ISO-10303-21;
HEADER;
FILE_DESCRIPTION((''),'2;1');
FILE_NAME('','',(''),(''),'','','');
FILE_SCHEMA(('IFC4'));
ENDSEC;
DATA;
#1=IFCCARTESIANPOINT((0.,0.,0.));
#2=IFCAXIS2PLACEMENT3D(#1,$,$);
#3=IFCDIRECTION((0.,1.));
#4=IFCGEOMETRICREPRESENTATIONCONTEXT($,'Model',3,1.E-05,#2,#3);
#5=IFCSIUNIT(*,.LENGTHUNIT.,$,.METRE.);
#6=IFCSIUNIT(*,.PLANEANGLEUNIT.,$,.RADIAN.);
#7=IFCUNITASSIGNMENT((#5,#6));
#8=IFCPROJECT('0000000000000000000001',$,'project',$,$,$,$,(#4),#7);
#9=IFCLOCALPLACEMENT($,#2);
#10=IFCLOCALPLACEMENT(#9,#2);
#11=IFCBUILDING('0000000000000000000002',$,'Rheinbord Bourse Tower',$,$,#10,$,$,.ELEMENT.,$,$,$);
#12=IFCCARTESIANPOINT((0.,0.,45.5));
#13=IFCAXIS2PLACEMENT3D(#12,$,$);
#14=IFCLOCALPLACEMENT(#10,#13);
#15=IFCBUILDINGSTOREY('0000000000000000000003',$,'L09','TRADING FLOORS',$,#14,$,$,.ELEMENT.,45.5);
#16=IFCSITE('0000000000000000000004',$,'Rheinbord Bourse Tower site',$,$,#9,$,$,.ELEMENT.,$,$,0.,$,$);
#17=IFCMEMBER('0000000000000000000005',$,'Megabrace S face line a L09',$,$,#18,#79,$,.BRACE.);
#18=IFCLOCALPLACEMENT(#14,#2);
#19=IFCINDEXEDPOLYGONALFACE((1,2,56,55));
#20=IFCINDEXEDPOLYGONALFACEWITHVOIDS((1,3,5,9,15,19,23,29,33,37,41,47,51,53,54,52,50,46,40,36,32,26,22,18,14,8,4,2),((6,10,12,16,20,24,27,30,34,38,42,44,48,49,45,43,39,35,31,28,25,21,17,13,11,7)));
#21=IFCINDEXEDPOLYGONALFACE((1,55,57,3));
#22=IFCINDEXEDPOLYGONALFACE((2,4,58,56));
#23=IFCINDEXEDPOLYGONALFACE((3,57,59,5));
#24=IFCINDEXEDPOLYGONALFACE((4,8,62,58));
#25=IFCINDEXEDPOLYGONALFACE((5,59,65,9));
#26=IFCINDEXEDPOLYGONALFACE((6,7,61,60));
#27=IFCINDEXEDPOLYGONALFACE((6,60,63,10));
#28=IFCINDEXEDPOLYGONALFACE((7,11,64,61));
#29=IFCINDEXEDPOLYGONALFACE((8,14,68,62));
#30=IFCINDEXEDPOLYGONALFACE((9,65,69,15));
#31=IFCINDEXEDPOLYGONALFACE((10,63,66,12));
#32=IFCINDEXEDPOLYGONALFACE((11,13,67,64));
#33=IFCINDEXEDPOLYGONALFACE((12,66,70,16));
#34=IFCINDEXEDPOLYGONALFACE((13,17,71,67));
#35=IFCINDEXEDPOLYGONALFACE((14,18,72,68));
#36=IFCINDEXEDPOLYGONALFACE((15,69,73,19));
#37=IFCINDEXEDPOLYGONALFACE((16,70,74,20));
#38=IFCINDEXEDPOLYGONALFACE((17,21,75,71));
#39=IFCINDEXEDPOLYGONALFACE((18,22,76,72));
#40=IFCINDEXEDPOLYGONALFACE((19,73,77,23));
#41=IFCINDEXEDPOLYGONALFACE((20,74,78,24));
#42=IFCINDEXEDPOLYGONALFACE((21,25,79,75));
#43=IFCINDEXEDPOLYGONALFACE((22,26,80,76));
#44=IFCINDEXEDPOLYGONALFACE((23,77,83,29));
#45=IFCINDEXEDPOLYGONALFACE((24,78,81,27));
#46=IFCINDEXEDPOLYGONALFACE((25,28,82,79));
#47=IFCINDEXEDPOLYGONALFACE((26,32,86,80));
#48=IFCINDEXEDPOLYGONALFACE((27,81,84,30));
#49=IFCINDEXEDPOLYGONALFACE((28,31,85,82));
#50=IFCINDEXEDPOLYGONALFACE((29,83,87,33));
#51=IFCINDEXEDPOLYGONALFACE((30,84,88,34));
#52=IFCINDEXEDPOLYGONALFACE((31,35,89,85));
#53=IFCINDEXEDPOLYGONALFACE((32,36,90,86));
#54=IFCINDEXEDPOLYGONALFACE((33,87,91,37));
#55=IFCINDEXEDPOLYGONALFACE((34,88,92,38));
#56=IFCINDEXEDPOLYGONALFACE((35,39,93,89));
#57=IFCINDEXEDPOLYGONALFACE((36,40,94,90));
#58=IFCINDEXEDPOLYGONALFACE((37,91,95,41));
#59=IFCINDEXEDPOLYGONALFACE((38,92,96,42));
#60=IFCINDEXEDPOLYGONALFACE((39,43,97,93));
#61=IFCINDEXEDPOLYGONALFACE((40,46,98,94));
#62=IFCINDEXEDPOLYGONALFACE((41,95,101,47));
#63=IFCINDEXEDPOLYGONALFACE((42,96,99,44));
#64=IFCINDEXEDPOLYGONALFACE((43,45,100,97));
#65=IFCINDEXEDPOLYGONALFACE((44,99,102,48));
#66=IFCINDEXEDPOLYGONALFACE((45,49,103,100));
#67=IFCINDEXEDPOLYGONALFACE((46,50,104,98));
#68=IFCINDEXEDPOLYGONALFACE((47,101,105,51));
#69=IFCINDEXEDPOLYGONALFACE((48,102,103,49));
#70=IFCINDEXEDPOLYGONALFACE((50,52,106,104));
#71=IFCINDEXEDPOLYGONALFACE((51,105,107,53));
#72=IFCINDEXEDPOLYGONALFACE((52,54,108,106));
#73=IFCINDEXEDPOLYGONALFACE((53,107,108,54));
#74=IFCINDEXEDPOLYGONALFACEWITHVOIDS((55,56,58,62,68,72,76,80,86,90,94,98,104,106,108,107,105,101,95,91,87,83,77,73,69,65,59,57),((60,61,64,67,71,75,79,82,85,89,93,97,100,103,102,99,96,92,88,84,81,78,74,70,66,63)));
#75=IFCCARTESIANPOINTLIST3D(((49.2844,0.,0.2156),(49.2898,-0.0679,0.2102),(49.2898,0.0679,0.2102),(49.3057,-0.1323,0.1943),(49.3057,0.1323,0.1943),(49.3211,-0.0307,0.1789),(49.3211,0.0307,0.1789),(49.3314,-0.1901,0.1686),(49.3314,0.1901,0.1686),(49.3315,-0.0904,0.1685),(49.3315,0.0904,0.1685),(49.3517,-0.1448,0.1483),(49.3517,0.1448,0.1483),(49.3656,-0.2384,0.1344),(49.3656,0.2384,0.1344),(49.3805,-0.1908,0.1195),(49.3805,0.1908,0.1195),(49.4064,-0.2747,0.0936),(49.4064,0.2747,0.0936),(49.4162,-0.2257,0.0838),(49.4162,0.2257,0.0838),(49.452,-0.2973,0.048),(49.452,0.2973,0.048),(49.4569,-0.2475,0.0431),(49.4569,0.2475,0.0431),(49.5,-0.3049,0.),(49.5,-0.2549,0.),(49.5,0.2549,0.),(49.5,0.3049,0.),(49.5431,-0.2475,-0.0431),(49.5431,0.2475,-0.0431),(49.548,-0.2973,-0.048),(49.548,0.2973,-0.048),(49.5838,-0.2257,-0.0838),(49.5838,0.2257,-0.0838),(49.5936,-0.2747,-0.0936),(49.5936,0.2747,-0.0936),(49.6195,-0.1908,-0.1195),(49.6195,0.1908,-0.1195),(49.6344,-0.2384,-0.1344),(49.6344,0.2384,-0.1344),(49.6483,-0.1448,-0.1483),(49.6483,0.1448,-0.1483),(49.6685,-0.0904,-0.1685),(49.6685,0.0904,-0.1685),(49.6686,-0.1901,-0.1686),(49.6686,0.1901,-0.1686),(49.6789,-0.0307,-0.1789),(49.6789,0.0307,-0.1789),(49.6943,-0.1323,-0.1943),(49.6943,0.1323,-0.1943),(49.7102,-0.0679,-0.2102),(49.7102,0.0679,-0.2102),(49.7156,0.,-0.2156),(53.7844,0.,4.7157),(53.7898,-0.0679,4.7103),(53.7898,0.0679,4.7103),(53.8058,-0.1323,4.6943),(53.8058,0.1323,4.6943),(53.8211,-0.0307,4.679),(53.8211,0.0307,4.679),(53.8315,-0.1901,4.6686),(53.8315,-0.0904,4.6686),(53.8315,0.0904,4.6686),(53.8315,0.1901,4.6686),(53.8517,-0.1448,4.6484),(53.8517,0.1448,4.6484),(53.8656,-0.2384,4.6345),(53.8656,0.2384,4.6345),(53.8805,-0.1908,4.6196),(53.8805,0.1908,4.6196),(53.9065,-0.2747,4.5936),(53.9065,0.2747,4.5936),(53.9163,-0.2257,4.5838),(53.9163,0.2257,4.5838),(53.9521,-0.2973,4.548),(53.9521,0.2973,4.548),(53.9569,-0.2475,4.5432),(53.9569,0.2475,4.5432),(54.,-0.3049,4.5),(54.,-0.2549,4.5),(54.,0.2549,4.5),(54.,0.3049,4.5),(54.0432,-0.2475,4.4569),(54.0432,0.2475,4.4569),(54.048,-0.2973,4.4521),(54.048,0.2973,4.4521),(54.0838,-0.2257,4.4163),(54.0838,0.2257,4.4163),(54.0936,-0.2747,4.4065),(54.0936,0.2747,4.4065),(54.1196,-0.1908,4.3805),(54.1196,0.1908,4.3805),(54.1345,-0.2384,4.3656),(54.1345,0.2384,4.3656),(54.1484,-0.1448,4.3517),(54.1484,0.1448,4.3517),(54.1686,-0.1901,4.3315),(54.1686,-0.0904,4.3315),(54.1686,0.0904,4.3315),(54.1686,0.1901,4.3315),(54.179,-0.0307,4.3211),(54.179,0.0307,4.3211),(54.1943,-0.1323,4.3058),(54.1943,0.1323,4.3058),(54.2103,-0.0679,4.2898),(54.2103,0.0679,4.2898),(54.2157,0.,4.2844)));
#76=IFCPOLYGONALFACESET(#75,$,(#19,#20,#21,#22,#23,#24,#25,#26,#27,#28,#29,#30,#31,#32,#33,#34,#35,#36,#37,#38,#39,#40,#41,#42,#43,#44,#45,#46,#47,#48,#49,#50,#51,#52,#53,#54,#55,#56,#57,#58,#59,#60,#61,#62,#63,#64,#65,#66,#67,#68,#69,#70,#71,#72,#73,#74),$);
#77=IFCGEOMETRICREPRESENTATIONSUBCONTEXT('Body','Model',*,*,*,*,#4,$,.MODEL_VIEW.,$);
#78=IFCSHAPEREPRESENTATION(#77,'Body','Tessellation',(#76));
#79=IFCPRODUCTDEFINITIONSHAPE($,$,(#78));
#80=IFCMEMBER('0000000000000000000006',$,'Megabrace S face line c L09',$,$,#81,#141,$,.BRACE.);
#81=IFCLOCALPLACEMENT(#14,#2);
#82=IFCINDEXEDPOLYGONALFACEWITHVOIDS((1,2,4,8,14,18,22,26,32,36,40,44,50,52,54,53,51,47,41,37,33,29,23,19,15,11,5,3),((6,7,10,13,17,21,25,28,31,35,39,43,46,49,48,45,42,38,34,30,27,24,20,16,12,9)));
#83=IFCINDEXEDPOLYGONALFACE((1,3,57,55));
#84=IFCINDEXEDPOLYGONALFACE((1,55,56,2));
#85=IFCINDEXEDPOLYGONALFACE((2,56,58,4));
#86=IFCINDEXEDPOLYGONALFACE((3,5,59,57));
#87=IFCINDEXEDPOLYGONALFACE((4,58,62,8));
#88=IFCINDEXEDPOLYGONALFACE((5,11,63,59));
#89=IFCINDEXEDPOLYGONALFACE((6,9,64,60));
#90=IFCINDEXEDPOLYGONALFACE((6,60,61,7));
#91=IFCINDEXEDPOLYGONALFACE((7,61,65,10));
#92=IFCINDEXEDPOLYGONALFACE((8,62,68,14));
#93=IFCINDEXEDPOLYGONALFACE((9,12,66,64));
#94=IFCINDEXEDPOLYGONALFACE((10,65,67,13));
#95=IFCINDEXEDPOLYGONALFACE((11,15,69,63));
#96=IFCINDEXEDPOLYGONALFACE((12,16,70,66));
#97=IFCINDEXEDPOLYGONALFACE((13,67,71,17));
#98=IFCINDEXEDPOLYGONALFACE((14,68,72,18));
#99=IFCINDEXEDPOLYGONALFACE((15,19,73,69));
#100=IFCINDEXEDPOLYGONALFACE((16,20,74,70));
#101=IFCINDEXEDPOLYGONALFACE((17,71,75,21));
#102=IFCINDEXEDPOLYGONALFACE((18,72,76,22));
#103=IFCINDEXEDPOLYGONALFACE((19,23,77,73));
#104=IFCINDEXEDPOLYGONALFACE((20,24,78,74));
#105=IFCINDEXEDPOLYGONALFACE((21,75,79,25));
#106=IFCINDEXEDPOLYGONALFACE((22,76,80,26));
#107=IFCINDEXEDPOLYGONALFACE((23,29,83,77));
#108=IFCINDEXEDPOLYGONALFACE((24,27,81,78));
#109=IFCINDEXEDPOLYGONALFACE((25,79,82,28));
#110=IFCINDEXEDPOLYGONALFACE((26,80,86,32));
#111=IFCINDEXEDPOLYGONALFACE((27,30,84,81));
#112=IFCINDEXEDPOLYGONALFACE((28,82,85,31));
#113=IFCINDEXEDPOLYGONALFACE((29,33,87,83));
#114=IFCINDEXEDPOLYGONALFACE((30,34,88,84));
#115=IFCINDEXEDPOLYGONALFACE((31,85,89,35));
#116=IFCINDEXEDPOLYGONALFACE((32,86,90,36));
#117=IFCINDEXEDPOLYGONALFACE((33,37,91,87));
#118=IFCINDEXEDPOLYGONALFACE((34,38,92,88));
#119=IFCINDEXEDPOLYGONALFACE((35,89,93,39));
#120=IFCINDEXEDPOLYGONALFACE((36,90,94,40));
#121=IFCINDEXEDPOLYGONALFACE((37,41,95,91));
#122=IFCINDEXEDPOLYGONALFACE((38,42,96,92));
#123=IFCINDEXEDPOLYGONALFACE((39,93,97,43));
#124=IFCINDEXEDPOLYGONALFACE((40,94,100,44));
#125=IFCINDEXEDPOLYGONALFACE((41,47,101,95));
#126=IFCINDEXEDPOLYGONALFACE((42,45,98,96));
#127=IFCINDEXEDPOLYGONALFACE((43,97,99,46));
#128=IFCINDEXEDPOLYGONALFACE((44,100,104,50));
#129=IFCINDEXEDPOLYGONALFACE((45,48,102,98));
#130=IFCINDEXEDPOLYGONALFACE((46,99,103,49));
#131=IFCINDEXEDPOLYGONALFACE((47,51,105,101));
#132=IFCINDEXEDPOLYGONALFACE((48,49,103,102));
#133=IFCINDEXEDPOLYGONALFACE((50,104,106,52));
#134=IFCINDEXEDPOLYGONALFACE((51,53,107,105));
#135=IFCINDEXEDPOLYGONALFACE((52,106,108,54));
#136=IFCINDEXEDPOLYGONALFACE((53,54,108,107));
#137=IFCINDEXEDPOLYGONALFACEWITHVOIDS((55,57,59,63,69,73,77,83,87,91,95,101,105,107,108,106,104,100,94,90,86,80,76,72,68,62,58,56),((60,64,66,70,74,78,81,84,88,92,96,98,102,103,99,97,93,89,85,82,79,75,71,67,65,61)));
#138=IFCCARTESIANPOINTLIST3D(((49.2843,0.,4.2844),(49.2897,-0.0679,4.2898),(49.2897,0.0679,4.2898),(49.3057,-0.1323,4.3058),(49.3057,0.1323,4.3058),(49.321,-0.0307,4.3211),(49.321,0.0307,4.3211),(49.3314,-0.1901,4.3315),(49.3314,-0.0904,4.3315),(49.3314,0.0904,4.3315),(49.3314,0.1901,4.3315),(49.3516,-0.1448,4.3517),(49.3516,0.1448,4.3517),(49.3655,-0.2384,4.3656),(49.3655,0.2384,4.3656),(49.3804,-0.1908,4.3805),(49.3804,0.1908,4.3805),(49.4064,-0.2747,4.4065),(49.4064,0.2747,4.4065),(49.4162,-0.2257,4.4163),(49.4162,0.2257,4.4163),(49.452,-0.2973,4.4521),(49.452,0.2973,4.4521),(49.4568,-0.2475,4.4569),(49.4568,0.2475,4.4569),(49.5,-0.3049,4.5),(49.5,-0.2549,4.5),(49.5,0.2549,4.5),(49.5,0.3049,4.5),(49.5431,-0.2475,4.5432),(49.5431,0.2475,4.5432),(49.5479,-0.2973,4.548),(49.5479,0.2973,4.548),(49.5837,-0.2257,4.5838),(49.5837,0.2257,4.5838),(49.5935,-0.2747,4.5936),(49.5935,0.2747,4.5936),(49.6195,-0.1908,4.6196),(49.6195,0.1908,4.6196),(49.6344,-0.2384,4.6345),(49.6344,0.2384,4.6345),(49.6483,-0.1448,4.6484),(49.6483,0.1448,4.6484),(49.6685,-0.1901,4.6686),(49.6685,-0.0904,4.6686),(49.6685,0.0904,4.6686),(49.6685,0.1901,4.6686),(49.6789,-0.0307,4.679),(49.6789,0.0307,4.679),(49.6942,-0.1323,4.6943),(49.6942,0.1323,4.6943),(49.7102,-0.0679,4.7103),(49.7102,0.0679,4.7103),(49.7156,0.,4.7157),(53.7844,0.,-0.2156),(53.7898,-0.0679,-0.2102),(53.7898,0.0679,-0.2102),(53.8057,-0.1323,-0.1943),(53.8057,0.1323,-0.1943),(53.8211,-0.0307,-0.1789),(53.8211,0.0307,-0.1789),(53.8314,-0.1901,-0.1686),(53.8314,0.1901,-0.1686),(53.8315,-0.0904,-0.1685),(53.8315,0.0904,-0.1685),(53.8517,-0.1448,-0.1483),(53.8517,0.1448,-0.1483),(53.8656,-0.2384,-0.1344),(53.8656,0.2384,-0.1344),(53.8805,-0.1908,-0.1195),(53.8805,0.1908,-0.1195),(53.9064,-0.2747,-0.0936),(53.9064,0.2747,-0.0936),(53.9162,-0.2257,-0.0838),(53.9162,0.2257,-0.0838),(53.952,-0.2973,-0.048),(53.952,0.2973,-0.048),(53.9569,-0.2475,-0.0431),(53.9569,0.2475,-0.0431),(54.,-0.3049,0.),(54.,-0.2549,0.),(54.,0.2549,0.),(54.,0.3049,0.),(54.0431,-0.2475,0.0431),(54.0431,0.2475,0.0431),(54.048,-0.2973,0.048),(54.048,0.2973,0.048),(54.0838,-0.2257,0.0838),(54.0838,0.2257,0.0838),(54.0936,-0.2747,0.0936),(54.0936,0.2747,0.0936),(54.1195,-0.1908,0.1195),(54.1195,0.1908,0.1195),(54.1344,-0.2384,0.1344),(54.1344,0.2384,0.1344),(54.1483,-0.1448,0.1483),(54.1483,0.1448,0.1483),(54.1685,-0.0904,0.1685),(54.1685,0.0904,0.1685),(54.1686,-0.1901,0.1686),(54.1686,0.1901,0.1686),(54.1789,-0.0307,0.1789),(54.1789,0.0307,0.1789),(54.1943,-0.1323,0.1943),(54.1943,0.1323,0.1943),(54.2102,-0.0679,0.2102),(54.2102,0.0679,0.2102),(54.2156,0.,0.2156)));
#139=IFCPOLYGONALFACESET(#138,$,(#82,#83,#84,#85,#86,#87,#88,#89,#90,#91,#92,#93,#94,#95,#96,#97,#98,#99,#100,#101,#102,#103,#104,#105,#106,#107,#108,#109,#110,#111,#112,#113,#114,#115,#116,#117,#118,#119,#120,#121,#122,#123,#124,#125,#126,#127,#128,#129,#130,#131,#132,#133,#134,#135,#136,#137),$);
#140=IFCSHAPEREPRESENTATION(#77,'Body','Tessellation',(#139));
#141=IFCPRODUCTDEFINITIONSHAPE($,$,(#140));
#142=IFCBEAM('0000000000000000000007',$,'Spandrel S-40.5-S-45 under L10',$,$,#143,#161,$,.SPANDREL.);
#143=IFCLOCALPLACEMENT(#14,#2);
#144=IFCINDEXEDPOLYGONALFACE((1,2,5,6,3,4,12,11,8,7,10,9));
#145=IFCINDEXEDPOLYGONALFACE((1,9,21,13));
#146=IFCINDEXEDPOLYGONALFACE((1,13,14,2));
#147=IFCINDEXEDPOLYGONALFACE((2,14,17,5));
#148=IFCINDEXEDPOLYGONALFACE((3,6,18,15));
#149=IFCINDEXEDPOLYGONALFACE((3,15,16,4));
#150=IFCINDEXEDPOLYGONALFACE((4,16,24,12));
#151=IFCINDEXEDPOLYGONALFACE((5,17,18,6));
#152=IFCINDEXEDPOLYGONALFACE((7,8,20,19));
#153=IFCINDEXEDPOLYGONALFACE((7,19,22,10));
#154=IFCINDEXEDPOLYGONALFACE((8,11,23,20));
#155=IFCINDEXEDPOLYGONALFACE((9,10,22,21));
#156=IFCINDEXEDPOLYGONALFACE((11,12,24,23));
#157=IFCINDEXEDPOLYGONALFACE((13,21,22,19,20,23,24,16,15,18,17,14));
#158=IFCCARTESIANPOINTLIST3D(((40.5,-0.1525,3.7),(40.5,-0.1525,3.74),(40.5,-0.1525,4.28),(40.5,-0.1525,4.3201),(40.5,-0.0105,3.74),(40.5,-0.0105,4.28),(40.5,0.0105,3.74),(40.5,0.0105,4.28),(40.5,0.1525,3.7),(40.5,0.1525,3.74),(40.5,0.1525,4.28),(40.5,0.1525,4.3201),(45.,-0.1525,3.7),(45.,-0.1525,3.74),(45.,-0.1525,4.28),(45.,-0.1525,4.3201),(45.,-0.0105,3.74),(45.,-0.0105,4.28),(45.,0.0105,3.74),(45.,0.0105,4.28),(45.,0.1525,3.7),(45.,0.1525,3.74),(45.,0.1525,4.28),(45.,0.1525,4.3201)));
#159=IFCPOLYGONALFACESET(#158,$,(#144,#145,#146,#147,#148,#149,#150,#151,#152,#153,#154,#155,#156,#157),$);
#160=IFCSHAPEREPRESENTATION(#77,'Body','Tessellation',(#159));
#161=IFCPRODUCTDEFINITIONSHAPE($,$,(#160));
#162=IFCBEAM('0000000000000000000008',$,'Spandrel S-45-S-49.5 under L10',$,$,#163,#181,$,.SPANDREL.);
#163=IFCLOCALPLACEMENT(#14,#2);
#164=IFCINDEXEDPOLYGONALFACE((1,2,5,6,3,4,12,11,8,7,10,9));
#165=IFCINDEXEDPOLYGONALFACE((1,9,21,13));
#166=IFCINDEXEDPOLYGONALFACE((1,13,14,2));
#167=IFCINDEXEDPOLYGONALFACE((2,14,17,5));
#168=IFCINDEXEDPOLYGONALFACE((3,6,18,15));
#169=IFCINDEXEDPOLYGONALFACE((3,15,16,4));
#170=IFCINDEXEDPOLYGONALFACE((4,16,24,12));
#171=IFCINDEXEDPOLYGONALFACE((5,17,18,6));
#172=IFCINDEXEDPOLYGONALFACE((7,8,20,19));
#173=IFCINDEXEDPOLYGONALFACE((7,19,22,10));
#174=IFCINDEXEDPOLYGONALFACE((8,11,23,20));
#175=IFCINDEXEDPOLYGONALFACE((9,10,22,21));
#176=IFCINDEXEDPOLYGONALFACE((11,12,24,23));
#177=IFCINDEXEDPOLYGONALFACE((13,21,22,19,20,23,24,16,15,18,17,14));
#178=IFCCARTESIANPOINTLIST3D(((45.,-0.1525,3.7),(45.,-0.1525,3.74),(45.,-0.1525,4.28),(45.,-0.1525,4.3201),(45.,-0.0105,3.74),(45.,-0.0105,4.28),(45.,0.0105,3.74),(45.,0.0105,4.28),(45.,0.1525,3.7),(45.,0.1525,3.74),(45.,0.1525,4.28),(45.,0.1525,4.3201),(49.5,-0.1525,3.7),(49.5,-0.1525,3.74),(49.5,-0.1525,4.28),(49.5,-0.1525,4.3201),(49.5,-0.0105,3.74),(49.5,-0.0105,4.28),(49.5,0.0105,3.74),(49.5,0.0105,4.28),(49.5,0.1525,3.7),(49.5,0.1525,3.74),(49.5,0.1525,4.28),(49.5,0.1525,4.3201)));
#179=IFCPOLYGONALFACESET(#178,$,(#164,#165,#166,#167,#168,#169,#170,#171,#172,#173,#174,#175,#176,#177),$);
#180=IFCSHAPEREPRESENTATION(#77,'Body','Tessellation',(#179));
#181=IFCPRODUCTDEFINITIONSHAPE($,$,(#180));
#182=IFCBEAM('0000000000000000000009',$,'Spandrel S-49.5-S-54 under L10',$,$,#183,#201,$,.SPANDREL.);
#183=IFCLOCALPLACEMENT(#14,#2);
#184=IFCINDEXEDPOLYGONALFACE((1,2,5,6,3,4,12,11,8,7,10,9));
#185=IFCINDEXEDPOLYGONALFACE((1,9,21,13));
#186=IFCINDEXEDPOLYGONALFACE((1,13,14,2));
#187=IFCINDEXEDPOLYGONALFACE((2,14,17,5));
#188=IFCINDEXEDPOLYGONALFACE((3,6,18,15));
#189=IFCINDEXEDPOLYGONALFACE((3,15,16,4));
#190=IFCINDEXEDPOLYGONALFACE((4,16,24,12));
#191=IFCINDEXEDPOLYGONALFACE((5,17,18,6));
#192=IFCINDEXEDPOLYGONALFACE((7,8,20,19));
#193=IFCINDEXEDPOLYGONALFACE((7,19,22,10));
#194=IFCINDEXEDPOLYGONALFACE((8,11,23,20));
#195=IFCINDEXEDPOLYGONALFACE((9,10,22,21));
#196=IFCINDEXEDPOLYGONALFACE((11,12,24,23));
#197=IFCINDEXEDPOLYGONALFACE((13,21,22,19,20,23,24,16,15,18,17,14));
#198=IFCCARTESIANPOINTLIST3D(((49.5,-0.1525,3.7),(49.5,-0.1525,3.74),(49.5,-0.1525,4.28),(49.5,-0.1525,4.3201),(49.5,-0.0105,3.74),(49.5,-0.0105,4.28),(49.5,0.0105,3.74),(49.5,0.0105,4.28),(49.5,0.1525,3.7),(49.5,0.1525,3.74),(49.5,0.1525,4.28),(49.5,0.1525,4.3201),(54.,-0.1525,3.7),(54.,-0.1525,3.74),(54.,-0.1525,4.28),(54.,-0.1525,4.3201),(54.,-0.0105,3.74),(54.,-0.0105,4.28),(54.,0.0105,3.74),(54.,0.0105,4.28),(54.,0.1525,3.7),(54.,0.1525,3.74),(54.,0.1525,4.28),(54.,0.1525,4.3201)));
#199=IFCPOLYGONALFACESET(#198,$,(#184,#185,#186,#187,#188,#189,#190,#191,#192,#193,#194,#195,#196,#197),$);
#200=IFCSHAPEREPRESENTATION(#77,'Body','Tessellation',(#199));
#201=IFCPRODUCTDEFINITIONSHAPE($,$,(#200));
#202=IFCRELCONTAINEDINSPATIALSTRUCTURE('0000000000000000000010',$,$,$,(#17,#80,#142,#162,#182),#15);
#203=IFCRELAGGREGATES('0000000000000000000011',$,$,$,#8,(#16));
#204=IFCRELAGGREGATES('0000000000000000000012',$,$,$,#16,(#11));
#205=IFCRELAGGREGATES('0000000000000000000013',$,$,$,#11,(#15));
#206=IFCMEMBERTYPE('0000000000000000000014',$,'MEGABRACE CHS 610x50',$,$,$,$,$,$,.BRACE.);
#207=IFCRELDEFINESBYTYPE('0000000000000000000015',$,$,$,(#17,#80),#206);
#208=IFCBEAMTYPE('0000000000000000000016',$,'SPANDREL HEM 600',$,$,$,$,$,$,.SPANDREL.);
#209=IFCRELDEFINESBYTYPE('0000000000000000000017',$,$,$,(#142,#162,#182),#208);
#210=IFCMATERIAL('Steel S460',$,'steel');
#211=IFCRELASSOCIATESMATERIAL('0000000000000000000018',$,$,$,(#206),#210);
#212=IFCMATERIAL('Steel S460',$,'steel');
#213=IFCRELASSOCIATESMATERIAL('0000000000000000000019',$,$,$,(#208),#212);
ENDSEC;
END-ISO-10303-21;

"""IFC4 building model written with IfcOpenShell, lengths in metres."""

from ifc_helpers import new_model, si_unit, direction, frame, origin, origin_2d, place, context, subcontext, project, spatial, hollow_circle, i_section, extrude, material, material_profile, profile_set, type_object, element, save


model = new_model("IFC4")

# Units and contexts
model_context = context("Model", 3, precision=1e-05, world=origin(), true_north=direction((0.0, 1.0)))
body_context = subcontext(model_context, "Body", "Model", "MODEL_VIEW")
ifc_project = project(units=[si_unit("LENGTHUNIT", "METRE"), si_unit("PLANEANGLEUNIT", "RADIAN")], contexts=[model_context])

# Site, building, storey
site_placement = place(None, origin())
site = spatial("IfcSite", under=ifc_project, at=site_placement, Name="Rheinbord Bourse Tower site", CompositionType="ELEMENT", RefElevation=0.0)
building_placement = place(site_placement, origin())
building = spatial("IfcBuilding", under=site, at=building_placement, Name="Rheinbord Bourse Tower", CompositionType="ELEMENT")
storey_placement = place(building_placement, frame((0.0, 0.0, 45.5)))
storey = spatial("IfcBuildingStorey", under=building, at=storey_placement, Name="L09", Description="TRADING FLOORS", CompositionType="ELEMENT", Elevation=45.5)

# Members
ifc_material_1 = material(Name="Steel S460", Category="steel")
ifc_material_profile_1 = material_profile(ifc_material_1, hollow_circle(Radius=0.3049, WallThickness=0.05, at=origin_2d()), Name="CHS 610x50")
ifc_profile_set_1 = profile_set([ifc_material_profile_1], Name="Steel S460")
member_type_1 = type_object("IfcMemberType", Name="MEGABRACE CHS 610x50", PredefinedType="BRACE", material=ifc_profile_set_1)
for number, where, z_axis, x_axis, name in (
    (1, (49.5, 0.0, 0.0), (0.707107, 0.0, 0.707107), (0.0, 1.0, 0.0), "Megabrace S face line a L09"),
    (2, (54.0, 0.0, 0.0), (-0.707107, 0.0, 0.707107), (0.0, -1.0, 0.0), "Megabrace S face line c L09"),
):
    element("IfcMember", number, at=place(storey_placement, frame(where, z_axis=z_axis, x_axis=x_axis)), inside=storey, type_object=member_type_1, Name=name, PredefinedType="BRACE", context=body_context, shape_type="SweptSolid", body=[
        extrude(hollow_circle(Radius=0.3049, WallThickness=0.05, at=origin_2d()), origin(), (0.0, 0.0, 1.0), 6.364),
    ])

# Beams
ifc_material_2 = material(Name="Steel S460", Category="steel")
ifc_material_profile_2 = material_profile(ifc_material_2, i_section(OverallWidth=0.3049, OverallDepth=0.6201, WebThickness=0.021, FlangeThickness=0.04, at=origin_2d()), Name="HEM 600")
ifc_profile_set_2 = profile_set([ifc_material_profile_2], Name="Steel S460")
beam_type_1 = type_object("IfcBeamType", Name="SPANDREL HEM 600", PredefinedType="SPANDREL", material=ifc_profile_set_2)
for number, where, z_axis, x_axis, name in (
    (3, (40.5, 0.0, 4.01), (1.0, 0.0, 0.0), (0.0, 1.0, 0.0), "Spandrel S-40.5-S-45 under L10"),
    (4, (45.0, 0.0, 4.01), (1.0, 0.0, 0.0), (0.0, 1.0, 0.0), "Spandrel S-45-S-49.5 under L10"),
    (5, (49.5, 0.0, 4.01), (1.0, 0.0, 0.0), (0.0, 1.0, 0.0), "Spandrel S-49.5-S-54 under L10"),
):
    element("IfcBeam", number, at=place(storey_placement, frame(where, z_axis=z_axis, x_axis=x_axis)), inside=storey, type_object=beam_type_1, Name=name, PredefinedType="SPANDREL", context=body_context, shape_type="SweptSolid", body=[
        extrude(i_section(OverallWidth=0.3049, OverallDepth=0.6201, WebThickness=0.021, FlangeThickness=0.04, at=origin_2d()), origin(), (0.0, 0.0, 1.0), 4.5),
    ])

save(model, "model.ifc")
